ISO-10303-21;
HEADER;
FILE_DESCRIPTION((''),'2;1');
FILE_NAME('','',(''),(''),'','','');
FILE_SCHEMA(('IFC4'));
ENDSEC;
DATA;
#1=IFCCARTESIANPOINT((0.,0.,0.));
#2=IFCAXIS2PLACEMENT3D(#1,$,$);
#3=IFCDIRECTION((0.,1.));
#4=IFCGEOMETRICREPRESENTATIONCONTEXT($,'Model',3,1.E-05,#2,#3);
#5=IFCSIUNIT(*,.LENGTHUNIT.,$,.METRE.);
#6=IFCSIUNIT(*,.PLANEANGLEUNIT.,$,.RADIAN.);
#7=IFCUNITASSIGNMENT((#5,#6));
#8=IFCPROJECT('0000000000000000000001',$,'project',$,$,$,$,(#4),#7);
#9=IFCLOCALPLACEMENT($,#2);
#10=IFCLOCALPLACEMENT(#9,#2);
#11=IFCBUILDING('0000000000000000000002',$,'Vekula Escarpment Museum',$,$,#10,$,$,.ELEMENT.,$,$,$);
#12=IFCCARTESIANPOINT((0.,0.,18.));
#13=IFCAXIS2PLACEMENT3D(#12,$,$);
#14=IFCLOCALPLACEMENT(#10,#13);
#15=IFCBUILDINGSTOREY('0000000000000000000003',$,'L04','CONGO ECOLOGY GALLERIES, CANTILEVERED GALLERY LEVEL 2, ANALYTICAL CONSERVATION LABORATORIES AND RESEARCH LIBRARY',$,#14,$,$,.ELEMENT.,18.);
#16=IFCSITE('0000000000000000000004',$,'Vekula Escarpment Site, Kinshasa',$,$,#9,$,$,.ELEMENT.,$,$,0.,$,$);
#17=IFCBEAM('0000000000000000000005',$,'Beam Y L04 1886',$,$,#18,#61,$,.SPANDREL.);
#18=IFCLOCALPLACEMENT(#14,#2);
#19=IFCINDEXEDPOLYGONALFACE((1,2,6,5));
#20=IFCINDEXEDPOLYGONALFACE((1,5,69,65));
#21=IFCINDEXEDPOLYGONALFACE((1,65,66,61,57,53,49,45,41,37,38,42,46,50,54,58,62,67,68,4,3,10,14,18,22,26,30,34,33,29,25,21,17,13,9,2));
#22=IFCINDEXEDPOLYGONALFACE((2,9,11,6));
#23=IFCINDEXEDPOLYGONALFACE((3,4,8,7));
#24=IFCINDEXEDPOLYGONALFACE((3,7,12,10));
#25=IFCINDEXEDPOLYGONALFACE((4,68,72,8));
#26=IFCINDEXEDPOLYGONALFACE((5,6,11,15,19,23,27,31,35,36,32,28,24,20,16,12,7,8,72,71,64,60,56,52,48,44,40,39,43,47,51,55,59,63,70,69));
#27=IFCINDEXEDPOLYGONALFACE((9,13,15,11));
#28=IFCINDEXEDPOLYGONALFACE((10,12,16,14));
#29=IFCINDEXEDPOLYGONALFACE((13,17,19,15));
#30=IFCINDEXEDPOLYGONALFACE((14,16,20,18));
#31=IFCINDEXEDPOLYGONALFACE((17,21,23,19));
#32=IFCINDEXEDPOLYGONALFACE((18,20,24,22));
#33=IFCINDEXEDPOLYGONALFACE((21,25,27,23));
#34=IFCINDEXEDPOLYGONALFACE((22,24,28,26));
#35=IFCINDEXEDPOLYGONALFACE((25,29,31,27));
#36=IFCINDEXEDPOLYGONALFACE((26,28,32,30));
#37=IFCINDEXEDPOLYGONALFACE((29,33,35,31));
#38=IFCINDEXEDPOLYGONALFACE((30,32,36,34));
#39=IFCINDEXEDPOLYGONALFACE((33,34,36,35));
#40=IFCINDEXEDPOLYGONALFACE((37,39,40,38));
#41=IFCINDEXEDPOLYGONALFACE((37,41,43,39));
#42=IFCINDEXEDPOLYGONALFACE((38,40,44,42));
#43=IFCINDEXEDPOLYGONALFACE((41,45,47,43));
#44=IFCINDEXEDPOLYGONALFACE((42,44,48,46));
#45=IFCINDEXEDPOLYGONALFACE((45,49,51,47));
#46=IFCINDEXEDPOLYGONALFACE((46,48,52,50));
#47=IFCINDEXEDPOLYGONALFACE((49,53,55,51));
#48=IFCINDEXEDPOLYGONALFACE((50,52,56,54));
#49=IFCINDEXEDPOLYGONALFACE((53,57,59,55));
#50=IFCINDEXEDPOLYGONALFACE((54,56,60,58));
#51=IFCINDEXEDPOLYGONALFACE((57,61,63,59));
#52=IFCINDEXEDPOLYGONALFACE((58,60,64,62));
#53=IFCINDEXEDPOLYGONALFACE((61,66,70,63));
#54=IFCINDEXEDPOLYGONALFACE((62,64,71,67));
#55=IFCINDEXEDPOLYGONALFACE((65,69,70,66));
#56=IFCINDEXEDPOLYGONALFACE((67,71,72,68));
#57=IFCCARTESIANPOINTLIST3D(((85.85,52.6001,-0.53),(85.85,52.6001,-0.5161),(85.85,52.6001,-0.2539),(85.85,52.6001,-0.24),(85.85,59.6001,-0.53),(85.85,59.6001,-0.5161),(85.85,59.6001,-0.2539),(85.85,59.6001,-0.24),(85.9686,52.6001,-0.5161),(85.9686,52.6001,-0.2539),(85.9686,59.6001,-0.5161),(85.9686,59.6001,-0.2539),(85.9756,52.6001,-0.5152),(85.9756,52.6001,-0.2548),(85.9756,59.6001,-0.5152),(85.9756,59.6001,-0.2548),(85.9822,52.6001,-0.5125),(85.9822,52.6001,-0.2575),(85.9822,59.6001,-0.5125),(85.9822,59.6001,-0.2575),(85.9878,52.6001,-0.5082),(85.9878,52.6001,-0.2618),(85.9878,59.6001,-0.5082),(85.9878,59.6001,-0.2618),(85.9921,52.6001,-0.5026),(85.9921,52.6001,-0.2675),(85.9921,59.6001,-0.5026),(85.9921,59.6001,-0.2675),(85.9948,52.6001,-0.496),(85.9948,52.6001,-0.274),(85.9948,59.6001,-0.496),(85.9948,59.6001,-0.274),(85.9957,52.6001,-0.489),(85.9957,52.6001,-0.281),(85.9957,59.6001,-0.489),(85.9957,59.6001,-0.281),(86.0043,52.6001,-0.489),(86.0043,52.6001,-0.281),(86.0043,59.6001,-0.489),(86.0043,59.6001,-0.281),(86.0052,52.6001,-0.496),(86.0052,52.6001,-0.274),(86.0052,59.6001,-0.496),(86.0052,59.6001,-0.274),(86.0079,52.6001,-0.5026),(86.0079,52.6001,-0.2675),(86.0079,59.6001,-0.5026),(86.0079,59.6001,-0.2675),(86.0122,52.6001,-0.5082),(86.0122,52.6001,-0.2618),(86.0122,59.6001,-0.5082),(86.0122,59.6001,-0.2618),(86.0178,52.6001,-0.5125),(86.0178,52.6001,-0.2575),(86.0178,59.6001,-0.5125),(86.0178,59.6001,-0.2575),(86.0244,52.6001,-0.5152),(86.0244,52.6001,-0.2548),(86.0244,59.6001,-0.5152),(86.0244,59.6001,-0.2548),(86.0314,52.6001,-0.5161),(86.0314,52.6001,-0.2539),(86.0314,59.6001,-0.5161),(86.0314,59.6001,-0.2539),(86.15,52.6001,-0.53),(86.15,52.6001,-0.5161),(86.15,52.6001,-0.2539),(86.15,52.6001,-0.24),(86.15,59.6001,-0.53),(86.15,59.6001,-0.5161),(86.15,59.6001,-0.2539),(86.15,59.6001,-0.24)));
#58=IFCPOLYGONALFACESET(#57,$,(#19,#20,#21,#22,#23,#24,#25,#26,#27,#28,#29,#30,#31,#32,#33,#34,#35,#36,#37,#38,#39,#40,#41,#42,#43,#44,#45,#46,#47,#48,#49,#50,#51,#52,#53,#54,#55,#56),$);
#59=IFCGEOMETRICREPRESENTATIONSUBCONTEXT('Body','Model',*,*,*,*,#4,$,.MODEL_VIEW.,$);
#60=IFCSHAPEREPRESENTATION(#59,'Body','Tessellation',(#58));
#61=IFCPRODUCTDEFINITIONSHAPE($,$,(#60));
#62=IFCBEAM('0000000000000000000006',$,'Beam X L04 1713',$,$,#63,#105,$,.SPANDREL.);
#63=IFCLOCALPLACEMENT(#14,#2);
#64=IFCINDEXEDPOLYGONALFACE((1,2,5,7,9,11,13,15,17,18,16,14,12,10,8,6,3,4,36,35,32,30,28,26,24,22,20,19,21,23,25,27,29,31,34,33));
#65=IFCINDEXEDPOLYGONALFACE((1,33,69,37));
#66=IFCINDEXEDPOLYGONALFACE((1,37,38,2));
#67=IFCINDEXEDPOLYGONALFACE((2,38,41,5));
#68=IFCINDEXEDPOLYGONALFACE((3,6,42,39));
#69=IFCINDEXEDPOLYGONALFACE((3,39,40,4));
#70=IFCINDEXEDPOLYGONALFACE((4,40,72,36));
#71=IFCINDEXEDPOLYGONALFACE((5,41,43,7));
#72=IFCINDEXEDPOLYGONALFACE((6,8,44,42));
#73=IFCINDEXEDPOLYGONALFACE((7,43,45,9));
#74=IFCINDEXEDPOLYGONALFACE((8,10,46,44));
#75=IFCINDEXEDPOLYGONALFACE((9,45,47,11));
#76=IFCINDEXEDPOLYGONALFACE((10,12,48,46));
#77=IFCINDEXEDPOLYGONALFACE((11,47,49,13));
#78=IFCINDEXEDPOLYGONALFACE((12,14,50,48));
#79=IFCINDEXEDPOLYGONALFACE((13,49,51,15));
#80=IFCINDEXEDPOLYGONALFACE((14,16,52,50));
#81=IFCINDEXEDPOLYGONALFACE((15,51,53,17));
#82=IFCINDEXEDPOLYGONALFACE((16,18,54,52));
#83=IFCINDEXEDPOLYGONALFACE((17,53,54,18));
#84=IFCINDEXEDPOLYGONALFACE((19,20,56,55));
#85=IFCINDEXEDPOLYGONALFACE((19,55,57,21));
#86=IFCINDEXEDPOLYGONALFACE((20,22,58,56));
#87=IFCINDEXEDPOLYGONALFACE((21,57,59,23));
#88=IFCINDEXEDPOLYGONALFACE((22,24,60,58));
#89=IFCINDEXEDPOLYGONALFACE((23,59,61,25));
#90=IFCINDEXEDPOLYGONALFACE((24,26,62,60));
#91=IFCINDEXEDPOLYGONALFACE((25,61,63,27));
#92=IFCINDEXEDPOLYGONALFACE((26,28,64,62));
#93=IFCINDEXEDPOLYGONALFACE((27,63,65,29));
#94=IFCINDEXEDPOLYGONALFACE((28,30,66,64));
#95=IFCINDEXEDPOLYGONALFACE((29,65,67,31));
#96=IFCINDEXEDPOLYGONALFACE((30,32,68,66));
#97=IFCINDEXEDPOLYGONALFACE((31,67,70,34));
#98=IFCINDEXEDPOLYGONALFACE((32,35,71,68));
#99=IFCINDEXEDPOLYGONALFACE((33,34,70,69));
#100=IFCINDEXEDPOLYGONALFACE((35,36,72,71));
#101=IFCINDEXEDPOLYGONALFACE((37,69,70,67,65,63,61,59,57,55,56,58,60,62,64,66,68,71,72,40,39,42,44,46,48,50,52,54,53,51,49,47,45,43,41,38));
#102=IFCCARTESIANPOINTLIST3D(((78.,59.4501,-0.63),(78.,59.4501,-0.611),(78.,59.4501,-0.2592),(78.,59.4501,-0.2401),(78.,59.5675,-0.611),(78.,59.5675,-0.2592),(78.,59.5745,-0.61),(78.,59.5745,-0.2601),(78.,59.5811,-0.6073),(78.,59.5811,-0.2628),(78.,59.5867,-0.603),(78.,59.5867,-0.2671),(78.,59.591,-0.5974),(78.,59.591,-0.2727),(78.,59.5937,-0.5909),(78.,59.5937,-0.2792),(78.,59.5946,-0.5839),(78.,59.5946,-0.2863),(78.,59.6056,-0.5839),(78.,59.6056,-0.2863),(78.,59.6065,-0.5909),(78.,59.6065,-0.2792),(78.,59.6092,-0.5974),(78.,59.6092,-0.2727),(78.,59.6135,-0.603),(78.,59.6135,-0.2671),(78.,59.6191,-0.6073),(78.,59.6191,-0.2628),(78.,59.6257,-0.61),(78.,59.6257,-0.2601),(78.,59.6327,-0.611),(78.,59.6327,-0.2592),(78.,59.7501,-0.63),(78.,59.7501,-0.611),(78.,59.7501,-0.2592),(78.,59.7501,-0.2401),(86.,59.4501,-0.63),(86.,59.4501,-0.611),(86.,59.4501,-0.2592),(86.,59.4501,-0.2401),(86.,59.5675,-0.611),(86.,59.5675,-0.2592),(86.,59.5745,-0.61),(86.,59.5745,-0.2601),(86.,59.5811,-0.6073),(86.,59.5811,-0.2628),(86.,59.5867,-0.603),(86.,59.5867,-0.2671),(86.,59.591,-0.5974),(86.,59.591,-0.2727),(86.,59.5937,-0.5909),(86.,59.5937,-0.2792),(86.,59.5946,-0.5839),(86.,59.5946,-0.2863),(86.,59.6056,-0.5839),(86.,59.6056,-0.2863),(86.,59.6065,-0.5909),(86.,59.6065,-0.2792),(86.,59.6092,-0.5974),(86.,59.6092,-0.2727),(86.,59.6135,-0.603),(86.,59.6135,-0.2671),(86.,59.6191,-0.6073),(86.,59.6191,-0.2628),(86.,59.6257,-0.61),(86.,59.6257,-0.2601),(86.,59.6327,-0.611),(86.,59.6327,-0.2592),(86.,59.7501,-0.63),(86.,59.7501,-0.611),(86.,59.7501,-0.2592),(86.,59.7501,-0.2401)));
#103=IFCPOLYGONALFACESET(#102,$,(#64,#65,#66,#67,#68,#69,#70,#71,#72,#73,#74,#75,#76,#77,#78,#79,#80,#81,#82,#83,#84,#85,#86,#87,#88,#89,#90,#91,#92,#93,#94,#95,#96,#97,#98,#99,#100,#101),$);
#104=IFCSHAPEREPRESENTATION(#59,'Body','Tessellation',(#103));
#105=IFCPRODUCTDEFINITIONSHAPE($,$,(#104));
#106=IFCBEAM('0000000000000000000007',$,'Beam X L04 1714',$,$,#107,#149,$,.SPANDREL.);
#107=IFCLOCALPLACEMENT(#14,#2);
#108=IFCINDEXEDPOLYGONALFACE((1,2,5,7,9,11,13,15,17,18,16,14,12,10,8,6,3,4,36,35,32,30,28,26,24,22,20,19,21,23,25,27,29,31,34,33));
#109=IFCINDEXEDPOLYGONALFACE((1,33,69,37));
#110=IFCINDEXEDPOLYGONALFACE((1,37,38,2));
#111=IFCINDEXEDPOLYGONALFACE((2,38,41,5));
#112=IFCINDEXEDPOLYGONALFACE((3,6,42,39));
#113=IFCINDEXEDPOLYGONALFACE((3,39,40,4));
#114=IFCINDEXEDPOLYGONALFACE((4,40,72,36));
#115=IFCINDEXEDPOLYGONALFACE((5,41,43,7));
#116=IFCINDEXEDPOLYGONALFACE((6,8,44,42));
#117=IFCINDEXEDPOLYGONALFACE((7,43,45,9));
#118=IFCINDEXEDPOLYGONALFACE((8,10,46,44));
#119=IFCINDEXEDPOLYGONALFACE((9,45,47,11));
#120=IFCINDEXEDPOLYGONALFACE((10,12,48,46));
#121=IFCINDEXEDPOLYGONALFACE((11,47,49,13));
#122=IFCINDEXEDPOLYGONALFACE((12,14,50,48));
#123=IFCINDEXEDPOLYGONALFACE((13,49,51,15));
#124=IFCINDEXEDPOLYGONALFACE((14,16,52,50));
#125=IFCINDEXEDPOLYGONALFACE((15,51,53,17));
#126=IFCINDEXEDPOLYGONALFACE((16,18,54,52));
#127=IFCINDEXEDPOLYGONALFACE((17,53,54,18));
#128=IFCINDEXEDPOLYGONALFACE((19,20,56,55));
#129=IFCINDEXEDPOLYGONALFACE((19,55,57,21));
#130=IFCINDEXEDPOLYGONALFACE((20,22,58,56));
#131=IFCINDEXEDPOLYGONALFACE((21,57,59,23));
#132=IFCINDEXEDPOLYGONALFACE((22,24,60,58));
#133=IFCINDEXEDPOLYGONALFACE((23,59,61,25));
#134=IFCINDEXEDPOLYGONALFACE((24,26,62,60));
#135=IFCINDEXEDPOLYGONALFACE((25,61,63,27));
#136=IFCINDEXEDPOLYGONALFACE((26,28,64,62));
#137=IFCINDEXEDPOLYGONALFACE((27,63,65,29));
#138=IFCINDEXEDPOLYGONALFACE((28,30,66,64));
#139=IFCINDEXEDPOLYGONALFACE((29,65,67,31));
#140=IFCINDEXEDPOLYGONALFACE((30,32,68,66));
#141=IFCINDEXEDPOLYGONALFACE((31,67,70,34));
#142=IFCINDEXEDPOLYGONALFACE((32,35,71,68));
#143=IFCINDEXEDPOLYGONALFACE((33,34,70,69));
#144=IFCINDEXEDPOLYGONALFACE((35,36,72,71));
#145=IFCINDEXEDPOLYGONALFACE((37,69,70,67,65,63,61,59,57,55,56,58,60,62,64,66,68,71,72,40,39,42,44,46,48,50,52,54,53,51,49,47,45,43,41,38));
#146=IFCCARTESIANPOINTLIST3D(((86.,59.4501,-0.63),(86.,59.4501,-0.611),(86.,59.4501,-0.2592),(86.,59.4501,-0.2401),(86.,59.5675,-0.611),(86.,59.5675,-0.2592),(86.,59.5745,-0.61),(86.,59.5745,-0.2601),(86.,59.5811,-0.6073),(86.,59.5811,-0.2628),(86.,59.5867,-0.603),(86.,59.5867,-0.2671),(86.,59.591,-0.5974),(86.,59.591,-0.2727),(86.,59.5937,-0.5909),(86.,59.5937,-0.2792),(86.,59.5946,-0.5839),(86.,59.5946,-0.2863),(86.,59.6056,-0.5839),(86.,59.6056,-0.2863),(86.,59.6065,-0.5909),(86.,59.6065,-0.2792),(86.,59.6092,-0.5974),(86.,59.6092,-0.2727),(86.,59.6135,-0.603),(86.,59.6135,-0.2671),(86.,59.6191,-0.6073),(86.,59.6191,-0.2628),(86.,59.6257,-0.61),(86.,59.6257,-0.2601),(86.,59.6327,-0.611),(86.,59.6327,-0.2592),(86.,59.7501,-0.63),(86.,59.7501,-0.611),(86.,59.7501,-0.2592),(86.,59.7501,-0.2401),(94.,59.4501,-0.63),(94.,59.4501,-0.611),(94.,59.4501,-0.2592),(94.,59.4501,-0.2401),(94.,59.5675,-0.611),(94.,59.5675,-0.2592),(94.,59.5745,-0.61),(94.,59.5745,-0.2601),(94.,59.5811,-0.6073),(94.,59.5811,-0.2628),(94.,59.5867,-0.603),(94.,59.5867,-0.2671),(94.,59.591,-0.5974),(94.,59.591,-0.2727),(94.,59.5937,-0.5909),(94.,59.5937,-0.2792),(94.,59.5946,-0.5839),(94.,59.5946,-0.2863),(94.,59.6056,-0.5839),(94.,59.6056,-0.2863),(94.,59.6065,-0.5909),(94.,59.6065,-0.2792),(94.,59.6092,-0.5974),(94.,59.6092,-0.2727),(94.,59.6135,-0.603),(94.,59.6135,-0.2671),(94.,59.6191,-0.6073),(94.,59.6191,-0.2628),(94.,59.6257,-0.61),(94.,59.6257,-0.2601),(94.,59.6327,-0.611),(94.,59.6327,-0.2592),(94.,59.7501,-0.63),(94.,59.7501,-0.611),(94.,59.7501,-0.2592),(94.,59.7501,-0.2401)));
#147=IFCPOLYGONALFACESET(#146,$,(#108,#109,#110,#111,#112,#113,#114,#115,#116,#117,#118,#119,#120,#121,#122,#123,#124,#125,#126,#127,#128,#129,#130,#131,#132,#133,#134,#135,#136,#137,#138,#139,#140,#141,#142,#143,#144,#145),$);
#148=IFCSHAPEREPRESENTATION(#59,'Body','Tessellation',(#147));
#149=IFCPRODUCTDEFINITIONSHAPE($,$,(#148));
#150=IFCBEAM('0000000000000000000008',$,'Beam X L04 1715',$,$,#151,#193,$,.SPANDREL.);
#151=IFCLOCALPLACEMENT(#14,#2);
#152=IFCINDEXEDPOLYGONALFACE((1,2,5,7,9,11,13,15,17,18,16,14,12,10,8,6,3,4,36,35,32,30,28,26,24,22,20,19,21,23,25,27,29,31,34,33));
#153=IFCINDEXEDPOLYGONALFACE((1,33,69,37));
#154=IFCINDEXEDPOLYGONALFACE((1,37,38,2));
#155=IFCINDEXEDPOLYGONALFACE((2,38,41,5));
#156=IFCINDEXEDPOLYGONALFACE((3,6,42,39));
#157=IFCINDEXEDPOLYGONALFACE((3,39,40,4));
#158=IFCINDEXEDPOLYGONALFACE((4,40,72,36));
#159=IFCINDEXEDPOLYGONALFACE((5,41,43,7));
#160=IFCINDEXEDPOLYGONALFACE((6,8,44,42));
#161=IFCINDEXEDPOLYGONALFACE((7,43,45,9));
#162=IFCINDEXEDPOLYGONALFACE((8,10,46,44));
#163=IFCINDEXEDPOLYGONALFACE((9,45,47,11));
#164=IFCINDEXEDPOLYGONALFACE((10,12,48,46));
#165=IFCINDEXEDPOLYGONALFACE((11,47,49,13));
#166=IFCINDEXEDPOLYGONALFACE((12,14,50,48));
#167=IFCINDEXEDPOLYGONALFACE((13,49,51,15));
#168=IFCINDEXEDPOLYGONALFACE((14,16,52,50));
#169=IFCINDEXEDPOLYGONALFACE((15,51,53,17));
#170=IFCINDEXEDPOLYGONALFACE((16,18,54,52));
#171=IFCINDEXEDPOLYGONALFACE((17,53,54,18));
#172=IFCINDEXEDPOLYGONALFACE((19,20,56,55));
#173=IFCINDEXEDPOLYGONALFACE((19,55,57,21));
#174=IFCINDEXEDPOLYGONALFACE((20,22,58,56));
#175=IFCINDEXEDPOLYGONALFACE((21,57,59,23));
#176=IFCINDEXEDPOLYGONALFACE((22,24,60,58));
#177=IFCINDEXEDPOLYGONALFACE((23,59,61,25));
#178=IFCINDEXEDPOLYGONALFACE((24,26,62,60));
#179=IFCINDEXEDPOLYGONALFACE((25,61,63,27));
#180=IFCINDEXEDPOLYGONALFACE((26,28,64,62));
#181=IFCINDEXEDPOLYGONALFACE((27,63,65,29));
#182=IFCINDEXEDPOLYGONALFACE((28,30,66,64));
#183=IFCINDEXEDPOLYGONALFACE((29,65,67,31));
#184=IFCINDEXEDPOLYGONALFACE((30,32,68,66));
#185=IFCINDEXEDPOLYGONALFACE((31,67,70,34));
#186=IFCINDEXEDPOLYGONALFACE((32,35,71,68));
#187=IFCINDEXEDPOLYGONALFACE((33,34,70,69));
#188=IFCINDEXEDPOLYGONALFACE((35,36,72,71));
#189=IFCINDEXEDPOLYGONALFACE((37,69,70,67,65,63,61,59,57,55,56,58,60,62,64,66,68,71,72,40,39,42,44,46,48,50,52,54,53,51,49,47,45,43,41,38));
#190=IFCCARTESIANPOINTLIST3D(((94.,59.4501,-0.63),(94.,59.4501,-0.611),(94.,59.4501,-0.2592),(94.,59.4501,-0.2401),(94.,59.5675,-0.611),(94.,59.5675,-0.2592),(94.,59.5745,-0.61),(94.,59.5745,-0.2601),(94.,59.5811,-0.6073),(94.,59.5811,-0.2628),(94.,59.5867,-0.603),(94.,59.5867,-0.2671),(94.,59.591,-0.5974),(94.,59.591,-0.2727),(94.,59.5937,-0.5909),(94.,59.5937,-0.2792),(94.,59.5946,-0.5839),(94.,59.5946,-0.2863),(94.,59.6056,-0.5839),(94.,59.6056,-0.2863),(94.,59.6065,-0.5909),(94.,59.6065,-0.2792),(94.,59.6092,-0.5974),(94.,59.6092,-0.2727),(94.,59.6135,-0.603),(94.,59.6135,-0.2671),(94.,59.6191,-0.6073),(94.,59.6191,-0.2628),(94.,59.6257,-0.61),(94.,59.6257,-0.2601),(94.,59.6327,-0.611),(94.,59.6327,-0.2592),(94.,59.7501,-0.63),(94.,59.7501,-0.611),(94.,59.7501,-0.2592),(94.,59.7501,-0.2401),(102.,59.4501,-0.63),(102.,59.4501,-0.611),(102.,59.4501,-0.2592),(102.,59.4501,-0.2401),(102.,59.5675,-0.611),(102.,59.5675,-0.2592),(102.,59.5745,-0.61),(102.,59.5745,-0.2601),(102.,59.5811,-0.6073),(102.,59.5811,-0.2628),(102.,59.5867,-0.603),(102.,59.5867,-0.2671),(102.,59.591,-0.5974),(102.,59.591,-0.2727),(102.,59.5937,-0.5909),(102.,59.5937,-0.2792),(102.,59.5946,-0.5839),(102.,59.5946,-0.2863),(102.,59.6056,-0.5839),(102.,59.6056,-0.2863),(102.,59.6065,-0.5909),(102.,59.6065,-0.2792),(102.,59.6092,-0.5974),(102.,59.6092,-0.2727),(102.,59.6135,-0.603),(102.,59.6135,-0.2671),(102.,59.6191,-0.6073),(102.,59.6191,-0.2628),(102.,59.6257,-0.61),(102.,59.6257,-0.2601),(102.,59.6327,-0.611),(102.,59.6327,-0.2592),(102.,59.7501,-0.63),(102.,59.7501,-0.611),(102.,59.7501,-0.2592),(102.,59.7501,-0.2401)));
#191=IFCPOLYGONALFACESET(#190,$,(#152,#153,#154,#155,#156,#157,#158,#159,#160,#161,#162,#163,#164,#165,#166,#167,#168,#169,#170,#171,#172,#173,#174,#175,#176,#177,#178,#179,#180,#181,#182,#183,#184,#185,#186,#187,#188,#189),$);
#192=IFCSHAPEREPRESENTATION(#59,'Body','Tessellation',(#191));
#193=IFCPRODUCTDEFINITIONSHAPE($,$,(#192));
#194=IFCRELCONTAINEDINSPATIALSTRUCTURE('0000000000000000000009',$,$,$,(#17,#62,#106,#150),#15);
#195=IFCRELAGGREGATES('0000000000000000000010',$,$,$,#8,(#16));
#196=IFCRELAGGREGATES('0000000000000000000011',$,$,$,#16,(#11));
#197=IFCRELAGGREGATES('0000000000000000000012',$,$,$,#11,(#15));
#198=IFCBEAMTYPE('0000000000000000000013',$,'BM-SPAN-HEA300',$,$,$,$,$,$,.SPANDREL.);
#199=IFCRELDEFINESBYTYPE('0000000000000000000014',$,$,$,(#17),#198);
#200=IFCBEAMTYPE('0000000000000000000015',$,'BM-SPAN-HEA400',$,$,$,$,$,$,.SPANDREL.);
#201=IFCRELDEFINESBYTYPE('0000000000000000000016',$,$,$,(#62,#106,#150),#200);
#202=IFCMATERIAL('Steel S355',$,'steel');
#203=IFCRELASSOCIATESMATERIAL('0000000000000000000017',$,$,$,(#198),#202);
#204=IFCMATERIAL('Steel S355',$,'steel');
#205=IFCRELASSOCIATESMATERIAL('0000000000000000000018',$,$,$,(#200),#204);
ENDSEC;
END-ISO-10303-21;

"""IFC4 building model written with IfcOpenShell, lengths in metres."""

from ifc_helpers import new_model, si_unit, direction, frame, origin, origin_2d, place, context, subcontext, project, spatial, i_section, extrude, material, material_profile, profile_set, type_object, element, save


model = new_model("IFC4")

# Units and contexts
model_context = context("Model", 3, precision=1e-05, world=origin(), true_north=direction((0.0, 1.0)))
body_context = subcontext(model_context, "Body", "Model", "MODEL_VIEW")
ifc_project = project(units=[si_unit("LENGTHUNIT", "METRE"), si_unit("PLANEANGLEUNIT", "RADIAN")], contexts=[model_context])

# Site, building, storey
site_placement = place(None, origin())
site = spatial("IfcSite", under=ifc_project, at=site_placement, Name="Vekula Escarpment Site, Kinshasa", CompositionType="ELEMENT", RefElevation=0.0)
building_placement = place(site_placement, origin())
building = spatial("IfcBuilding", under=site, at=building_placement, Name="Vekula Escarpment Museum", CompositionType="ELEMENT")
storey_placement = place(building_placement, frame((0.0, 0.0, 18.0)))
storey = spatial("IfcBuildingStorey", under=building, at=storey_placement, Name="L04", Description="CONGO ECOLOGY GALLERIES, CANTILEVERED GALLERY LEVEL 2, ANALYTICAL CONSERVATION LABORATORIES AND RESEARCH LIBRARY", CompositionType="ELEMENT", Elevation=18.0)

# Beams
ifc_material_1 = material(Name="Steel S355", Category="steel")
ifc_material_profile_1 = material_profile(ifc_material_1, i_section(OverallWidth=0.3, OverallDepth=0.29, WebThickness=0.0085, FlangeThickness=0.0139, FilletRadius=0.0271, at=origin_2d()), Name="HEA 300")
ifc_profile_set_1 = profile_set([ifc_material_profile_1], Name="Steel S355")
beam_type_1 = type_object("IfcBeamType", Name="BM-SPAN-HEA300", PredefinedType="SPANDREL", material=ifc_profile_set_1)
beam_1_placement = place(storey_placement, frame((86.0, 52.6001, -0.385), z_axis=(0.0, 1.0, 0.0), x_axis=(-1.0, 0.0, 0.0)))
element("IfcBeam", 1, at=beam_1_placement, inside=storey, type_object=beam_type_1, Name="Beam Y L04 1886", PredefinedType="SPANDREL", context=body_context, shape_type="SweptSolid", body=[
    extrude(i_section(OverallWidth=0.3, OverallDepth=0.29, WebThickness=0.0085, FlangeThickness=0.0139, FilletRadius=0.0271, at=origin_2d()), origin(), (0.0, 0.0, 1.0), 7.0),
])
ifc_material_2 = material(Name="Steel S355", Category="steel")
ifc_material_profile_2 = material_profile(ifc_material_2, i_section(OverallWidth=0.3, OverallDepth=0.3899, WebThickness=0.011, FlangeThickness=0.019, FilletRadius=0.0271, at=origin_2d()), Name="HEA 400")
ifc_profile_set_2 = profile_set([ifc_material_profile_2], Name="Steel S355")
beam_type_2 = type_object("IfcBeamType", Name="BM-SPAN-HEA400", PredefinedType="SPANDREL", material=ifc_profile_set_2)
for number, where, z_axis, x_axis, name in (
    (2, (78.0, 59.6001, -0.4351), (1.0, 0.0, 0.0), (0.0, 1.0, 0.0), "Beam X L04 1713"),
    (3, (86.0, 59.6001, -0.4351), (1.0, 0.0, 0.0), (0.0, 1.0, 0.0), "Beam X L04 1714"),
    (4, (94.0, 59.6001, -0.4351), (1.0, 0.0, 0.0), (0.0, 1.0, 0.0), "Beam X L04 1715"),
):
    element("IfcBeam", number, at=place(storey_placement, frame(where, z_axis=z_axis, x_axis=x_axis)), inside=storey, type_object=beam_type_2, Name=name, PredefinedType="SPANDREL", context=body_context, shape_type="SweptSolid", body=[
        extrude(i_section(OverallWidth=0.3, OverallDepth=0.3899, WebThickness=0.011, FlangeThickness=0.019, FilletRadius=0.0271, at=origin_2d()), origin(), (0.0, 0.0, 1.0), 8.0),
    ])

save(model, "model.ifc")
